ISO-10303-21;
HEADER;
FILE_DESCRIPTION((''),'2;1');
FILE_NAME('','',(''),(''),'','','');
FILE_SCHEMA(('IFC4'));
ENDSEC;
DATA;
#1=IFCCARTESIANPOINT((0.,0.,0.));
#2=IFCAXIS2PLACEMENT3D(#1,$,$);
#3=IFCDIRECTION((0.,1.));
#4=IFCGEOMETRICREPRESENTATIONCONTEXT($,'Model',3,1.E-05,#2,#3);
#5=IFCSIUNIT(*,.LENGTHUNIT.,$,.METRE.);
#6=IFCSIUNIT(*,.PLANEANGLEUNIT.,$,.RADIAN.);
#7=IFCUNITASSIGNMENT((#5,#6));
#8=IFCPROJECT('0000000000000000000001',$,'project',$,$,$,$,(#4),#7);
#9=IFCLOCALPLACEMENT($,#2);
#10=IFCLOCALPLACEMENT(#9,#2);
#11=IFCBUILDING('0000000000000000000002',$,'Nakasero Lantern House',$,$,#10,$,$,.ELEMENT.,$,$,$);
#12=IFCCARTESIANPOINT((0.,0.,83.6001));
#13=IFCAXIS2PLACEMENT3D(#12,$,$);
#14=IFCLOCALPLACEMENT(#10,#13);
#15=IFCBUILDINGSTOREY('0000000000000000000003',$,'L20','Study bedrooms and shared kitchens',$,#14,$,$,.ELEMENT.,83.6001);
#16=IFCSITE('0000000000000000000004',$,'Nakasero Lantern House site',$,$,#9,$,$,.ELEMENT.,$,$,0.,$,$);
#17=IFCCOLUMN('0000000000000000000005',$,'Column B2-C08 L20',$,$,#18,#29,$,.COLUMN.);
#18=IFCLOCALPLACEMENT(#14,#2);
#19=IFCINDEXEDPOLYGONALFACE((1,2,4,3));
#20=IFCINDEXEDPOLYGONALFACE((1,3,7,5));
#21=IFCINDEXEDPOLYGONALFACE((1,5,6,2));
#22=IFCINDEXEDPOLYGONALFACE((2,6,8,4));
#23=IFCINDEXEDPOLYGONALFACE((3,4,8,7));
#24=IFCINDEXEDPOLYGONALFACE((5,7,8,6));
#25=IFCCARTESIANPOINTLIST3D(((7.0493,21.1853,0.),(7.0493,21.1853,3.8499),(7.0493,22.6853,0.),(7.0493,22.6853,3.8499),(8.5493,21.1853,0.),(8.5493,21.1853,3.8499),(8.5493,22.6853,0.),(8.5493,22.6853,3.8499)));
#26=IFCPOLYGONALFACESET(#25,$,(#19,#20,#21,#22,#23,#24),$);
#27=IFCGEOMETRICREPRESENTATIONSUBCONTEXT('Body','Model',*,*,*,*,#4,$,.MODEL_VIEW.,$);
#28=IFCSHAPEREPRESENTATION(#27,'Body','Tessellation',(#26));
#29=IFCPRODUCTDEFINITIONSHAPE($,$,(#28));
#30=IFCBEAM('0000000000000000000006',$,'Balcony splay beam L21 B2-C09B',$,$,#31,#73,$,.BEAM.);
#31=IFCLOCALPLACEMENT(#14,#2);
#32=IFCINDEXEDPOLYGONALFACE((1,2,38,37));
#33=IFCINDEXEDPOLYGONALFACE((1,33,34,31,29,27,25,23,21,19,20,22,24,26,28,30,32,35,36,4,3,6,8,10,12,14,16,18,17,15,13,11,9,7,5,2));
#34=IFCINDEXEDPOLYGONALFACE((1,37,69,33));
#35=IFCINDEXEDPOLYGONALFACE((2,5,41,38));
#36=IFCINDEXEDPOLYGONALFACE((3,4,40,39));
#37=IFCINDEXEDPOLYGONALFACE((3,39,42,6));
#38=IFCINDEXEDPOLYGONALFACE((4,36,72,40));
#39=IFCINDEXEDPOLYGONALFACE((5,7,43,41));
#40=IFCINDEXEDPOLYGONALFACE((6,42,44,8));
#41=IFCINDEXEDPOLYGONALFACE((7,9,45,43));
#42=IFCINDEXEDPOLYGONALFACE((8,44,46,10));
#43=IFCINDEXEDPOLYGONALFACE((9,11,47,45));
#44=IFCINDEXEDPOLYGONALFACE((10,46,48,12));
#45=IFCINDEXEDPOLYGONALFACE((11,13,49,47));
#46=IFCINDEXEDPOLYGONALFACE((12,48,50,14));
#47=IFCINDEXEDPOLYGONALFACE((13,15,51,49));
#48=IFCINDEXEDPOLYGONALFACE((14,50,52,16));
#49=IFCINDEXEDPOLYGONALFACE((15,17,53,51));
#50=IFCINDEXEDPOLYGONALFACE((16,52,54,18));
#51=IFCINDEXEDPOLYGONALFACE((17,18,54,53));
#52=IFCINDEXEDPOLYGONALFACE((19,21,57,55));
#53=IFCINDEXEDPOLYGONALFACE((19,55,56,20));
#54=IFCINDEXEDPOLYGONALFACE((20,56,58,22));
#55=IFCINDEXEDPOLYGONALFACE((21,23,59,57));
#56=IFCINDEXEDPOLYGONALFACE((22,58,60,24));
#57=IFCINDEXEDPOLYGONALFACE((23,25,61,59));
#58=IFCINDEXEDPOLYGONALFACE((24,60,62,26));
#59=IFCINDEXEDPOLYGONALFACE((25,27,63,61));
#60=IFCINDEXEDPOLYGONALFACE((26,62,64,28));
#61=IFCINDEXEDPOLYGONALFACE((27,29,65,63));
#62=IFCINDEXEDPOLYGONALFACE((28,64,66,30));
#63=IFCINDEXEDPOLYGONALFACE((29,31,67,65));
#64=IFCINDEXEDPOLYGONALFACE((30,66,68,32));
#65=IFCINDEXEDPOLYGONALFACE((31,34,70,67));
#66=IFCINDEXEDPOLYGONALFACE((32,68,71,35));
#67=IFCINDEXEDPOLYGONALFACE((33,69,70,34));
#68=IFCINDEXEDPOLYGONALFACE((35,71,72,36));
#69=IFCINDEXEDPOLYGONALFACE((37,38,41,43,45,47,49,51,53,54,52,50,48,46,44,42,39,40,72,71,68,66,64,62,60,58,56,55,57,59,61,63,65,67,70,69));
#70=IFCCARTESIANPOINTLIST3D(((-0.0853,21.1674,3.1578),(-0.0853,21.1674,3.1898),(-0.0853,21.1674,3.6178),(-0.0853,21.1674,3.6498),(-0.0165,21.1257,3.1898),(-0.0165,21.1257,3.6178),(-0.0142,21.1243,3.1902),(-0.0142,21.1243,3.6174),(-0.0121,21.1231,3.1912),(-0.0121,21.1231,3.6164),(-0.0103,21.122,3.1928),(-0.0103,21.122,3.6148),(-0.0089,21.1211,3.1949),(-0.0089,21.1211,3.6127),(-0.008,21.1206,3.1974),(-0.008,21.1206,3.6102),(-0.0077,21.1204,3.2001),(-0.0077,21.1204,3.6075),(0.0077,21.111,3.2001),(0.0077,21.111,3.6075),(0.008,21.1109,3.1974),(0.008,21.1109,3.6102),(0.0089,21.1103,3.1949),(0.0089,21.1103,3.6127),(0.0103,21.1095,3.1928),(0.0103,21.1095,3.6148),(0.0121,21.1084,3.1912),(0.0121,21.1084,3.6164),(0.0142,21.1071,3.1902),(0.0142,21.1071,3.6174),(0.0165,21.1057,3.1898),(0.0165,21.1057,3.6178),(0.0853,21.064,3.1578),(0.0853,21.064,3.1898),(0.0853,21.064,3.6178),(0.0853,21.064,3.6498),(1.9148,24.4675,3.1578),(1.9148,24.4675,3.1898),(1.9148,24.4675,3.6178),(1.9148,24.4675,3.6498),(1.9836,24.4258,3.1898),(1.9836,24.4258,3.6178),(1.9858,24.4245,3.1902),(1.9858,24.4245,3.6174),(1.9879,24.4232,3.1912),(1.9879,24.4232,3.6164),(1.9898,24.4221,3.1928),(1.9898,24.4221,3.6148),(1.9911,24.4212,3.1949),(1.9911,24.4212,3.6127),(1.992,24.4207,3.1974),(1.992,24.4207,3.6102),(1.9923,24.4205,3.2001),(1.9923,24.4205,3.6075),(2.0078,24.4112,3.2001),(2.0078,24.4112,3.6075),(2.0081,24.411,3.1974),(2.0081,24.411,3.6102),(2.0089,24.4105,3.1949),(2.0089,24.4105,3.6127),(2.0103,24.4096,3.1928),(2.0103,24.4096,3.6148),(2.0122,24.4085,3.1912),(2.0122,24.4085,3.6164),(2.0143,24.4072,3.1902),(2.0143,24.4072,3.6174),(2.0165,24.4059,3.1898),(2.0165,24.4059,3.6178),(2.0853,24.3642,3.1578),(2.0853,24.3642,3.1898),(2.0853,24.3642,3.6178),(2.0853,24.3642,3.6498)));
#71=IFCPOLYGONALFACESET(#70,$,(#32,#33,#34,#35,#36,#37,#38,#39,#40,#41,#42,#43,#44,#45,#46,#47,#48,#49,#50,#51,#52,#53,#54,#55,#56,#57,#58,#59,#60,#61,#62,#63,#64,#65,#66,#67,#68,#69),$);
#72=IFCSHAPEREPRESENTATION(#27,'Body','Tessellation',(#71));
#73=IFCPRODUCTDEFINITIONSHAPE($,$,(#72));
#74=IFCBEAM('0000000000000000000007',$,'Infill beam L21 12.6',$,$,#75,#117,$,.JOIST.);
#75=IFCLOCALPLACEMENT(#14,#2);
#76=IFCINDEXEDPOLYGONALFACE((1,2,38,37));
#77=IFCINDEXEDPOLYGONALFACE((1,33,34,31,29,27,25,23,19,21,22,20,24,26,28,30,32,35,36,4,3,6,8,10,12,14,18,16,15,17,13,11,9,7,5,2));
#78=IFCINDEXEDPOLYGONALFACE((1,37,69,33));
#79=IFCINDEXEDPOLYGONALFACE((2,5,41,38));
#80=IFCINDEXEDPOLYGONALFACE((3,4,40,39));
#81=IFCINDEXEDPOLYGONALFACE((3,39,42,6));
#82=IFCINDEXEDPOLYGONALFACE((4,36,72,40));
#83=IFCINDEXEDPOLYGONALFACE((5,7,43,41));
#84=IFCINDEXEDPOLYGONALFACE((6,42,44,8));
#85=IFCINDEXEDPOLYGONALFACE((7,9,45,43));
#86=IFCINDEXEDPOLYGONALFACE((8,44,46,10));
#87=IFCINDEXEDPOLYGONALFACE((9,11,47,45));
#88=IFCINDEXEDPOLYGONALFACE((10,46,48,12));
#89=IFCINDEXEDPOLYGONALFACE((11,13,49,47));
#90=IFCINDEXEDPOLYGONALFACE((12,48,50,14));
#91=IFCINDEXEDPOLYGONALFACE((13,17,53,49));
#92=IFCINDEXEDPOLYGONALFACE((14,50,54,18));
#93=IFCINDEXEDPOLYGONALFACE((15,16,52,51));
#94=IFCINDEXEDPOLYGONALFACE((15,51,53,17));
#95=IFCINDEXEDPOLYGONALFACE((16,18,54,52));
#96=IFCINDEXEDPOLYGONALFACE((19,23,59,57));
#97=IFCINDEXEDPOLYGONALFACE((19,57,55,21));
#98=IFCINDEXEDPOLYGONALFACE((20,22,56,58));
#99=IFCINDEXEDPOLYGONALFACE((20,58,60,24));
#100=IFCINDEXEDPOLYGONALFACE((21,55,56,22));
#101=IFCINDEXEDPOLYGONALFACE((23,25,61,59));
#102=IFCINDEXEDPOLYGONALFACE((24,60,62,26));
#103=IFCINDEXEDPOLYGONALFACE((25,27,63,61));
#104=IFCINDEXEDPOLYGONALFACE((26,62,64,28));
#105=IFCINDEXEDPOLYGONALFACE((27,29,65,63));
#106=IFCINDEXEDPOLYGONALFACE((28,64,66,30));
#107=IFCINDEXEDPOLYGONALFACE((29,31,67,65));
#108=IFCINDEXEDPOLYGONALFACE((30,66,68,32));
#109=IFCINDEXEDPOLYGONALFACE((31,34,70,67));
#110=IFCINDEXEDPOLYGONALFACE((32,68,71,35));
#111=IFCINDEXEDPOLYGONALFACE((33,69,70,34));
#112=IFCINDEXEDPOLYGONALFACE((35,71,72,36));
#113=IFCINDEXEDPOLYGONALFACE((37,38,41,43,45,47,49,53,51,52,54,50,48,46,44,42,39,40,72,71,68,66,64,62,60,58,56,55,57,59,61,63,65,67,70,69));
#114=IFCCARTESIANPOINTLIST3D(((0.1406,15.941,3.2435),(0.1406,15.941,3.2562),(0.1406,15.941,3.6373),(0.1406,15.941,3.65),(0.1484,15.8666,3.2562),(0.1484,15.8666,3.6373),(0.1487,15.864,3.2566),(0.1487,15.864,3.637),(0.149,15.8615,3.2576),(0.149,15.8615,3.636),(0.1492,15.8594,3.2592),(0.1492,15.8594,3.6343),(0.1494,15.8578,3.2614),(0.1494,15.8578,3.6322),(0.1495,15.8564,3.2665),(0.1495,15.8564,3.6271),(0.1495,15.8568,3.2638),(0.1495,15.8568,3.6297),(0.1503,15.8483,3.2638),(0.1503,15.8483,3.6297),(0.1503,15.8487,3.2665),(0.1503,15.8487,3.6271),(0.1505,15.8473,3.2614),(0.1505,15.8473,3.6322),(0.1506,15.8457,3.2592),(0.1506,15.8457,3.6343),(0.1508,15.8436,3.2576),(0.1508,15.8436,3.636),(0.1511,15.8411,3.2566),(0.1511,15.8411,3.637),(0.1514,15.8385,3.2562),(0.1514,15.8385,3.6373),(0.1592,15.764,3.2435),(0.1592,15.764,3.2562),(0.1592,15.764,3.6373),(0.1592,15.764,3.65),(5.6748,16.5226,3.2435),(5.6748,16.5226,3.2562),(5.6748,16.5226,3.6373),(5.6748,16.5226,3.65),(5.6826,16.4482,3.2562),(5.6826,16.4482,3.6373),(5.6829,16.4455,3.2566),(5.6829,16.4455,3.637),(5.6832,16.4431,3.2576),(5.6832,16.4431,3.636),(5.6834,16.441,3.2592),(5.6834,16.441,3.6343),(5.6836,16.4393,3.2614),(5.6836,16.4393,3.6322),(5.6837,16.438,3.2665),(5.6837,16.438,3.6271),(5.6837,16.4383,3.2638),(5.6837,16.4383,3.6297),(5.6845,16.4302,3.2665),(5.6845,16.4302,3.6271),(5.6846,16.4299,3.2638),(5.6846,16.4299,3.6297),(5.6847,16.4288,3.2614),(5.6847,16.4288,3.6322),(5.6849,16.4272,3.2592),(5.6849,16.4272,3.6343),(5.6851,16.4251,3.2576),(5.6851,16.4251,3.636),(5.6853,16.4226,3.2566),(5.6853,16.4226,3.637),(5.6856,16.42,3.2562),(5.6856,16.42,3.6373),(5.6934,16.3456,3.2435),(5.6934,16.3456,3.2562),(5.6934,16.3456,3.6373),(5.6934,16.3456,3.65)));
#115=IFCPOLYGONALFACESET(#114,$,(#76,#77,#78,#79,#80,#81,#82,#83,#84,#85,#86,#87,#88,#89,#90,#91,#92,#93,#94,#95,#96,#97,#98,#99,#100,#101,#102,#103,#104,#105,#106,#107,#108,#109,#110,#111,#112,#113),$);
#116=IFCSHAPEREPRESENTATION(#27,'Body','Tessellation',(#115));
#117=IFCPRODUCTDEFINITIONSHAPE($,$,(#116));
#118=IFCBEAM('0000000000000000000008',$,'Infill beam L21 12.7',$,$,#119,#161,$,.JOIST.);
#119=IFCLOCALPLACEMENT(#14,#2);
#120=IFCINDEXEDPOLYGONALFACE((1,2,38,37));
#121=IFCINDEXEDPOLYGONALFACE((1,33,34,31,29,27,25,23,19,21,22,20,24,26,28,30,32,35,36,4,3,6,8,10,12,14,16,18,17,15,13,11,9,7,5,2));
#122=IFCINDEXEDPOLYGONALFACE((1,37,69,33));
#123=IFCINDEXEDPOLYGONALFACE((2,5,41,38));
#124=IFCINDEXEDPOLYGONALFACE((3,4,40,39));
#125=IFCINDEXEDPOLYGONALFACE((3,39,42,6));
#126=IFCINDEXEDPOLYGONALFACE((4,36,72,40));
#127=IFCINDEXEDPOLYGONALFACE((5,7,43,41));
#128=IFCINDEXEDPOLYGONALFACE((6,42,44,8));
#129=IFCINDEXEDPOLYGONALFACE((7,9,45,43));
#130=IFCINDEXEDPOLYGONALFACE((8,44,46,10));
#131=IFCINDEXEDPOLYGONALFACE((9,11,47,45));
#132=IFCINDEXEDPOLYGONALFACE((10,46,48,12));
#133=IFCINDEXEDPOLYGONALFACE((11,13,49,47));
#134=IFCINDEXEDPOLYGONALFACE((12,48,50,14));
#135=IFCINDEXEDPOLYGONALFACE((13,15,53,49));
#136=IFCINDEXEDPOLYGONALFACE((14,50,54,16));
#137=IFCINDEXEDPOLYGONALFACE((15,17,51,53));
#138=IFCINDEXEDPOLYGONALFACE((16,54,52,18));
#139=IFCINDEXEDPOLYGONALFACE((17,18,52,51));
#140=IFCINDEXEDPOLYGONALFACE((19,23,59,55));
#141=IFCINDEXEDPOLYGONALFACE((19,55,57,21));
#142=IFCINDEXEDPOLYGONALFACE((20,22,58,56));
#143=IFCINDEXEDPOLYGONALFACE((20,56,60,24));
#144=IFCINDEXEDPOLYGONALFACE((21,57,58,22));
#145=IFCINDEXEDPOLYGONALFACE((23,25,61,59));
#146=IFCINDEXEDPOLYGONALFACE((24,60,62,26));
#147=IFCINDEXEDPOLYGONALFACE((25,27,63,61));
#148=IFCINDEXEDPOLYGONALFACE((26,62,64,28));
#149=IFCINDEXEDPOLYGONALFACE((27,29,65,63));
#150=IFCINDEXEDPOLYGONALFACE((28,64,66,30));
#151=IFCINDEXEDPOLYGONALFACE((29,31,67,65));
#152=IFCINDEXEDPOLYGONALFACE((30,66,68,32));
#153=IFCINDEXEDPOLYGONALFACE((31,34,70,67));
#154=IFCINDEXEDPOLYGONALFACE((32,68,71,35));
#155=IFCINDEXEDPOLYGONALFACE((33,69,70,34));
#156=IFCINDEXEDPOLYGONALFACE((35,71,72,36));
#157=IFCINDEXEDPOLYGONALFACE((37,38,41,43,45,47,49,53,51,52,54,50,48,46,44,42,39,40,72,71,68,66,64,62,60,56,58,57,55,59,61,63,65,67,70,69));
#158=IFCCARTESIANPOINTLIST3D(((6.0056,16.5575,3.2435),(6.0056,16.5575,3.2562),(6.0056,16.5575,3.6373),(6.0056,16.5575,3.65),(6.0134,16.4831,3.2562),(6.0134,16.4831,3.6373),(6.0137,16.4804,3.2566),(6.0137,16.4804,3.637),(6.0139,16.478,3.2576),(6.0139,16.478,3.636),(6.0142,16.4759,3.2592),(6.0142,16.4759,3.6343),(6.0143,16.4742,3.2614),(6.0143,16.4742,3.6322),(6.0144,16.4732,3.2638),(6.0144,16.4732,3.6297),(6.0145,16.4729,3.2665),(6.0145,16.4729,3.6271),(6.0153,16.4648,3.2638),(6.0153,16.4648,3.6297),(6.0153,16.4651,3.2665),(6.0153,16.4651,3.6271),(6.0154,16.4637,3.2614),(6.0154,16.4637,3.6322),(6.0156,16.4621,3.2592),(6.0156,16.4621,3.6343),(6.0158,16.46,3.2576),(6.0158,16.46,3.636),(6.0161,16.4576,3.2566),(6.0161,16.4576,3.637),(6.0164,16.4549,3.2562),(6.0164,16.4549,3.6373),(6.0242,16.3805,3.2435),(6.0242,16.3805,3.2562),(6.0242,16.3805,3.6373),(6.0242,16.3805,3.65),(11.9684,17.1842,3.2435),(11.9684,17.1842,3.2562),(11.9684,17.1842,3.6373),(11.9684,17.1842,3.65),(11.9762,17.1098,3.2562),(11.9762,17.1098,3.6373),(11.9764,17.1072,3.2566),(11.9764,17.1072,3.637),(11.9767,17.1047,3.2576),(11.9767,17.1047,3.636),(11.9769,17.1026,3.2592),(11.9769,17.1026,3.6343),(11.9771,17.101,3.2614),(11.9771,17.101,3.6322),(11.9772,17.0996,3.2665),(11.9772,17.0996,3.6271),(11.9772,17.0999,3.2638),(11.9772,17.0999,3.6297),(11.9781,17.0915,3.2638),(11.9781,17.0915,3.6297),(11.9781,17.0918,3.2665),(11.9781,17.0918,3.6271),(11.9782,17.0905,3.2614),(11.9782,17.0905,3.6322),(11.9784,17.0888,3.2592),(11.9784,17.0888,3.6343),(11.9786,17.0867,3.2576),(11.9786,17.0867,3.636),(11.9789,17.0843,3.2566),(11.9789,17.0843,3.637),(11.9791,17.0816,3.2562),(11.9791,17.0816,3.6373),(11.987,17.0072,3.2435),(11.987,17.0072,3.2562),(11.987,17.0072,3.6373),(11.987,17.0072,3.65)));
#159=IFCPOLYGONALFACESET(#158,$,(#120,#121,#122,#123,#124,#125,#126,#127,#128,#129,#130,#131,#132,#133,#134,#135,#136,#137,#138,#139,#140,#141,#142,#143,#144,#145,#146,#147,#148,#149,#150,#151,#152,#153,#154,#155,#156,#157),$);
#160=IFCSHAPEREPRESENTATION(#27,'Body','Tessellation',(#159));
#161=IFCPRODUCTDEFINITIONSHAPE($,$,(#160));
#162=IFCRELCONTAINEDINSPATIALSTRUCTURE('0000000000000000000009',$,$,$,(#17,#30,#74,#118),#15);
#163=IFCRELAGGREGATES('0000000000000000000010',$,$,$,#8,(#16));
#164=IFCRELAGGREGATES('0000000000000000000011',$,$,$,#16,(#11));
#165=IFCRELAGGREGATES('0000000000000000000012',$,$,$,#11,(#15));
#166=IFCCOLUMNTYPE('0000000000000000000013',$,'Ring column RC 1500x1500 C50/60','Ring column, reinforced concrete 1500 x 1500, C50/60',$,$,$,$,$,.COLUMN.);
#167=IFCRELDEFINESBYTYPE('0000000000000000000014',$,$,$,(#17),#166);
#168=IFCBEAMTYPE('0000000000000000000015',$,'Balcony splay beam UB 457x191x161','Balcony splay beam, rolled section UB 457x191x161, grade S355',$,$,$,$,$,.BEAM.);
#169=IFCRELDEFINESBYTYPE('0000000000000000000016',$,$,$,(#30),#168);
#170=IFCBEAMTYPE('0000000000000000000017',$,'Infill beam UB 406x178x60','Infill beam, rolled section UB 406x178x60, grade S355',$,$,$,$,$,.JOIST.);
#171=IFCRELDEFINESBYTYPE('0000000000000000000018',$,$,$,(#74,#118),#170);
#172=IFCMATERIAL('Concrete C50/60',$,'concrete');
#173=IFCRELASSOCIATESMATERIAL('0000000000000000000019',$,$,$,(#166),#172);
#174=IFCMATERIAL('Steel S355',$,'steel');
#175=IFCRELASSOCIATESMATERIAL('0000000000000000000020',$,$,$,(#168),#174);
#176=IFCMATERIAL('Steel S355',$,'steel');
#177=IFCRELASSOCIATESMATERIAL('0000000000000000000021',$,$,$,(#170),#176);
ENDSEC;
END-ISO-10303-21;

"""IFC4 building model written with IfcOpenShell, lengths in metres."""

from ifc_helpers import new_model, si_unit, direction, frame, origin, origin_2d, place, context, subcontext, project, spatial, rectangle, i_section, extrude, material, material_profile, profile_set, type_object, element, save


model = new_model("IFC4")

# Units and contexts
model_context = context("Model", 3, precision=1e-05, world=origin(), true_north=direction((0.0, 1.0)))
body_context = subcontext(model_context, "Body", "Model", "MODEL_VIEW")
ifc_project = project(units=[si_unit("LENGTHUNIT", "METRE"), si_unit("PLANEANGLEUNIT", "RADIAN")], contexts=[model_context])

# Site, building, storey
site_placement = place(None, origin())
site = spatial("IfcSite", under=ifc_project, at=site_placement, Name="Nakasero Lantern House site", CompositionType="ELEMENT", RefElevation=0.0)
building_placement = place(site_placement, origin())
building = spatial("IfcBuilding", under=site, at=building_placement, Name="Nakasero Lantern House", CompositionType="ELEMENT")
storey_placement = place(building_placement, frame((0.0, 0.0, 83.6001)))
storey = spatial("IfcBuildingStorey", under=building, at=storey_placement, Name="L20", Description="Study bedrooms and shared kitchens", CompositionType="ELEMENT", Elevation=83.6001)

# Column
ifc_material_1 = material(Name="Concrete C50/60", Category="concrete")
ifc_material_profile_1 = material_profile(ifc_material_1, rectangle(XDim=1.5, YDim=1.5, at=origin_2d()), Name="RC 1500x1500")
ifc_profile_set_1 = profile_set([ifc_material_profile_1], Name="Concrete C50/60")
column_type = type_object("IfcColumnType", Name="Ring column RC 1500x1500 C50/60", Description="Ring column, reinforced concrete 1500 x 1500, C50/60", PredefinedType="COLUMN", material=ifc_profile_set_1)
column_placement = place(storey_placement, frame((7.7993, 21.9353, 0.0), z_axis=(0.0, 0.0, 1.0), x_axis=(1.0, 0.0, 0.0)))
element("IfcColumn", 1, at=column_placement, inside=storey, type_object=column_type, Name="Column B2-C08 L20", PredefinedType="COLUMN", context=body_context, shape_type="SweptSolid", body=[
    extrude(rectangle(XDim=1.5, YDim=1.5, at=origin_2d()), origin(), (0.0, 0.0, 1.0), 3.8499),
])

# Beams
ifc_material_2 = material(Name="Steel S355", Category="steel")
ifc_material_profile_2 = material_profile(ifc_material_2, i_section(OverallWidth=0.1995, OverallDepth=0.4919, WebThickness=0.0181, FlangeThickness=0.032, FilletRadius=0.0103, at=origin_2d()), Name="UB 457x191x161")
ifc_profile_set_2 = profile_set([ifc_material_profile_2], Name="Steel S355")
beam_type_1 = type_object("IfcBeamType", Name="Balcony splay beam UB 457x191x161", Description="Balcony splay beam, rolled section UB 457x191x161, grade S355", PredefinedType="BEAM", material=ifc_profile_set_2)
beam_1_placement = place(storey_placement, frame((0.0, 21.1157, 3.4038), z_axis=(0.518296, 0.855201, 0.0), x_axis=(-0.855201, 0.518296, 0.0)))
element("IfcBeam", 2, at=beam_1_placement, inside=storey, type_object=beam_type_1, Name="Balcony splay beam L21 B2-C09B", PredefinedType="BEAM", context=body_context, shape_type="SweptSolid", body=[
    extrude(i_section(OverallWidth=0.1995, OverallDepth=0.4919, WebThickness=0.0181, FlangeThickness=0.032, FilletRadius=0.0103, at=origin_2d()), origin(), (0.0, 0.0, 1.0), 3.8589),
])
ifc_material_3 = material(Name="Steel S355", Category="steel")
ifc_material_profile_3 = material_profile(ifc_material_3, i_section(OverallWidth=0.178, OverallDepth=0.4065, WebThickness=0.0078, FlangeThickness=0.0127, FilletRadius=0.0103, at=origin_2d()), Name="UB 406x178x60")
ifc_profile_set_3 = profile_set([ifc_material_profile_3], Name="Steel S355")
beam_type_2 = type_object("IfcBeamType", Name="Infill beam UB 406x178x60", Description="Infill beam, rolled section UB 406x178x60, grade S355", PredefinedType="JOIST", material=ifc_profile_set_3)
beam_2_placement = place(storey_placement, frame((0.1499, 15.8525, 3.4468), z_axis=(0.994524, 0.104507, 0.0), x_axis=(-0.104507, 0.994524, 0.0)))
element("IfcBeam", 3, at=beam_2_placement, inside=storey, type_object=beam_type_2, Name="Infill beam L21 12.6", PredefinedType="JOIST", context=body_context, shape_type="SweptSolid", body=[
    extrude(i_section(OverallWidth=0.178, OverallDepth=0.4065, WebThickness=0.0078, FlangeThickness=0.0127, FilletRadius=0.0103, at=origin_2d()), origin(), (0.0, 0.0, 1.0), 5.5647),
])
beam_3_placement = place(storey_placement, frame((6.0149, 16.469, 3.4468), z_axis=(0.994522, 0.10453, 0.0), x_axis=(-0.10453, 0.994522, 0.0)))
element("IfcBeam", 4, at=beam_3_placement, inside=storey, type_object=beam_type_2, Name="Infill beam L21 12.7", PredefinedType="JOIST", context=body_context, shape_type="SweptSolid", body=[
    extrude(i_section(OverallWidth=0.178, OverallDepth=0.4065, WebThickness=0.0078, FlangeThickness=0.0127, FilletRadius=0.0103, at=origin_2d()), origin(), (0.0, 0.0, 1.0), 5.9956),
])

save(model, "model.ifc")
